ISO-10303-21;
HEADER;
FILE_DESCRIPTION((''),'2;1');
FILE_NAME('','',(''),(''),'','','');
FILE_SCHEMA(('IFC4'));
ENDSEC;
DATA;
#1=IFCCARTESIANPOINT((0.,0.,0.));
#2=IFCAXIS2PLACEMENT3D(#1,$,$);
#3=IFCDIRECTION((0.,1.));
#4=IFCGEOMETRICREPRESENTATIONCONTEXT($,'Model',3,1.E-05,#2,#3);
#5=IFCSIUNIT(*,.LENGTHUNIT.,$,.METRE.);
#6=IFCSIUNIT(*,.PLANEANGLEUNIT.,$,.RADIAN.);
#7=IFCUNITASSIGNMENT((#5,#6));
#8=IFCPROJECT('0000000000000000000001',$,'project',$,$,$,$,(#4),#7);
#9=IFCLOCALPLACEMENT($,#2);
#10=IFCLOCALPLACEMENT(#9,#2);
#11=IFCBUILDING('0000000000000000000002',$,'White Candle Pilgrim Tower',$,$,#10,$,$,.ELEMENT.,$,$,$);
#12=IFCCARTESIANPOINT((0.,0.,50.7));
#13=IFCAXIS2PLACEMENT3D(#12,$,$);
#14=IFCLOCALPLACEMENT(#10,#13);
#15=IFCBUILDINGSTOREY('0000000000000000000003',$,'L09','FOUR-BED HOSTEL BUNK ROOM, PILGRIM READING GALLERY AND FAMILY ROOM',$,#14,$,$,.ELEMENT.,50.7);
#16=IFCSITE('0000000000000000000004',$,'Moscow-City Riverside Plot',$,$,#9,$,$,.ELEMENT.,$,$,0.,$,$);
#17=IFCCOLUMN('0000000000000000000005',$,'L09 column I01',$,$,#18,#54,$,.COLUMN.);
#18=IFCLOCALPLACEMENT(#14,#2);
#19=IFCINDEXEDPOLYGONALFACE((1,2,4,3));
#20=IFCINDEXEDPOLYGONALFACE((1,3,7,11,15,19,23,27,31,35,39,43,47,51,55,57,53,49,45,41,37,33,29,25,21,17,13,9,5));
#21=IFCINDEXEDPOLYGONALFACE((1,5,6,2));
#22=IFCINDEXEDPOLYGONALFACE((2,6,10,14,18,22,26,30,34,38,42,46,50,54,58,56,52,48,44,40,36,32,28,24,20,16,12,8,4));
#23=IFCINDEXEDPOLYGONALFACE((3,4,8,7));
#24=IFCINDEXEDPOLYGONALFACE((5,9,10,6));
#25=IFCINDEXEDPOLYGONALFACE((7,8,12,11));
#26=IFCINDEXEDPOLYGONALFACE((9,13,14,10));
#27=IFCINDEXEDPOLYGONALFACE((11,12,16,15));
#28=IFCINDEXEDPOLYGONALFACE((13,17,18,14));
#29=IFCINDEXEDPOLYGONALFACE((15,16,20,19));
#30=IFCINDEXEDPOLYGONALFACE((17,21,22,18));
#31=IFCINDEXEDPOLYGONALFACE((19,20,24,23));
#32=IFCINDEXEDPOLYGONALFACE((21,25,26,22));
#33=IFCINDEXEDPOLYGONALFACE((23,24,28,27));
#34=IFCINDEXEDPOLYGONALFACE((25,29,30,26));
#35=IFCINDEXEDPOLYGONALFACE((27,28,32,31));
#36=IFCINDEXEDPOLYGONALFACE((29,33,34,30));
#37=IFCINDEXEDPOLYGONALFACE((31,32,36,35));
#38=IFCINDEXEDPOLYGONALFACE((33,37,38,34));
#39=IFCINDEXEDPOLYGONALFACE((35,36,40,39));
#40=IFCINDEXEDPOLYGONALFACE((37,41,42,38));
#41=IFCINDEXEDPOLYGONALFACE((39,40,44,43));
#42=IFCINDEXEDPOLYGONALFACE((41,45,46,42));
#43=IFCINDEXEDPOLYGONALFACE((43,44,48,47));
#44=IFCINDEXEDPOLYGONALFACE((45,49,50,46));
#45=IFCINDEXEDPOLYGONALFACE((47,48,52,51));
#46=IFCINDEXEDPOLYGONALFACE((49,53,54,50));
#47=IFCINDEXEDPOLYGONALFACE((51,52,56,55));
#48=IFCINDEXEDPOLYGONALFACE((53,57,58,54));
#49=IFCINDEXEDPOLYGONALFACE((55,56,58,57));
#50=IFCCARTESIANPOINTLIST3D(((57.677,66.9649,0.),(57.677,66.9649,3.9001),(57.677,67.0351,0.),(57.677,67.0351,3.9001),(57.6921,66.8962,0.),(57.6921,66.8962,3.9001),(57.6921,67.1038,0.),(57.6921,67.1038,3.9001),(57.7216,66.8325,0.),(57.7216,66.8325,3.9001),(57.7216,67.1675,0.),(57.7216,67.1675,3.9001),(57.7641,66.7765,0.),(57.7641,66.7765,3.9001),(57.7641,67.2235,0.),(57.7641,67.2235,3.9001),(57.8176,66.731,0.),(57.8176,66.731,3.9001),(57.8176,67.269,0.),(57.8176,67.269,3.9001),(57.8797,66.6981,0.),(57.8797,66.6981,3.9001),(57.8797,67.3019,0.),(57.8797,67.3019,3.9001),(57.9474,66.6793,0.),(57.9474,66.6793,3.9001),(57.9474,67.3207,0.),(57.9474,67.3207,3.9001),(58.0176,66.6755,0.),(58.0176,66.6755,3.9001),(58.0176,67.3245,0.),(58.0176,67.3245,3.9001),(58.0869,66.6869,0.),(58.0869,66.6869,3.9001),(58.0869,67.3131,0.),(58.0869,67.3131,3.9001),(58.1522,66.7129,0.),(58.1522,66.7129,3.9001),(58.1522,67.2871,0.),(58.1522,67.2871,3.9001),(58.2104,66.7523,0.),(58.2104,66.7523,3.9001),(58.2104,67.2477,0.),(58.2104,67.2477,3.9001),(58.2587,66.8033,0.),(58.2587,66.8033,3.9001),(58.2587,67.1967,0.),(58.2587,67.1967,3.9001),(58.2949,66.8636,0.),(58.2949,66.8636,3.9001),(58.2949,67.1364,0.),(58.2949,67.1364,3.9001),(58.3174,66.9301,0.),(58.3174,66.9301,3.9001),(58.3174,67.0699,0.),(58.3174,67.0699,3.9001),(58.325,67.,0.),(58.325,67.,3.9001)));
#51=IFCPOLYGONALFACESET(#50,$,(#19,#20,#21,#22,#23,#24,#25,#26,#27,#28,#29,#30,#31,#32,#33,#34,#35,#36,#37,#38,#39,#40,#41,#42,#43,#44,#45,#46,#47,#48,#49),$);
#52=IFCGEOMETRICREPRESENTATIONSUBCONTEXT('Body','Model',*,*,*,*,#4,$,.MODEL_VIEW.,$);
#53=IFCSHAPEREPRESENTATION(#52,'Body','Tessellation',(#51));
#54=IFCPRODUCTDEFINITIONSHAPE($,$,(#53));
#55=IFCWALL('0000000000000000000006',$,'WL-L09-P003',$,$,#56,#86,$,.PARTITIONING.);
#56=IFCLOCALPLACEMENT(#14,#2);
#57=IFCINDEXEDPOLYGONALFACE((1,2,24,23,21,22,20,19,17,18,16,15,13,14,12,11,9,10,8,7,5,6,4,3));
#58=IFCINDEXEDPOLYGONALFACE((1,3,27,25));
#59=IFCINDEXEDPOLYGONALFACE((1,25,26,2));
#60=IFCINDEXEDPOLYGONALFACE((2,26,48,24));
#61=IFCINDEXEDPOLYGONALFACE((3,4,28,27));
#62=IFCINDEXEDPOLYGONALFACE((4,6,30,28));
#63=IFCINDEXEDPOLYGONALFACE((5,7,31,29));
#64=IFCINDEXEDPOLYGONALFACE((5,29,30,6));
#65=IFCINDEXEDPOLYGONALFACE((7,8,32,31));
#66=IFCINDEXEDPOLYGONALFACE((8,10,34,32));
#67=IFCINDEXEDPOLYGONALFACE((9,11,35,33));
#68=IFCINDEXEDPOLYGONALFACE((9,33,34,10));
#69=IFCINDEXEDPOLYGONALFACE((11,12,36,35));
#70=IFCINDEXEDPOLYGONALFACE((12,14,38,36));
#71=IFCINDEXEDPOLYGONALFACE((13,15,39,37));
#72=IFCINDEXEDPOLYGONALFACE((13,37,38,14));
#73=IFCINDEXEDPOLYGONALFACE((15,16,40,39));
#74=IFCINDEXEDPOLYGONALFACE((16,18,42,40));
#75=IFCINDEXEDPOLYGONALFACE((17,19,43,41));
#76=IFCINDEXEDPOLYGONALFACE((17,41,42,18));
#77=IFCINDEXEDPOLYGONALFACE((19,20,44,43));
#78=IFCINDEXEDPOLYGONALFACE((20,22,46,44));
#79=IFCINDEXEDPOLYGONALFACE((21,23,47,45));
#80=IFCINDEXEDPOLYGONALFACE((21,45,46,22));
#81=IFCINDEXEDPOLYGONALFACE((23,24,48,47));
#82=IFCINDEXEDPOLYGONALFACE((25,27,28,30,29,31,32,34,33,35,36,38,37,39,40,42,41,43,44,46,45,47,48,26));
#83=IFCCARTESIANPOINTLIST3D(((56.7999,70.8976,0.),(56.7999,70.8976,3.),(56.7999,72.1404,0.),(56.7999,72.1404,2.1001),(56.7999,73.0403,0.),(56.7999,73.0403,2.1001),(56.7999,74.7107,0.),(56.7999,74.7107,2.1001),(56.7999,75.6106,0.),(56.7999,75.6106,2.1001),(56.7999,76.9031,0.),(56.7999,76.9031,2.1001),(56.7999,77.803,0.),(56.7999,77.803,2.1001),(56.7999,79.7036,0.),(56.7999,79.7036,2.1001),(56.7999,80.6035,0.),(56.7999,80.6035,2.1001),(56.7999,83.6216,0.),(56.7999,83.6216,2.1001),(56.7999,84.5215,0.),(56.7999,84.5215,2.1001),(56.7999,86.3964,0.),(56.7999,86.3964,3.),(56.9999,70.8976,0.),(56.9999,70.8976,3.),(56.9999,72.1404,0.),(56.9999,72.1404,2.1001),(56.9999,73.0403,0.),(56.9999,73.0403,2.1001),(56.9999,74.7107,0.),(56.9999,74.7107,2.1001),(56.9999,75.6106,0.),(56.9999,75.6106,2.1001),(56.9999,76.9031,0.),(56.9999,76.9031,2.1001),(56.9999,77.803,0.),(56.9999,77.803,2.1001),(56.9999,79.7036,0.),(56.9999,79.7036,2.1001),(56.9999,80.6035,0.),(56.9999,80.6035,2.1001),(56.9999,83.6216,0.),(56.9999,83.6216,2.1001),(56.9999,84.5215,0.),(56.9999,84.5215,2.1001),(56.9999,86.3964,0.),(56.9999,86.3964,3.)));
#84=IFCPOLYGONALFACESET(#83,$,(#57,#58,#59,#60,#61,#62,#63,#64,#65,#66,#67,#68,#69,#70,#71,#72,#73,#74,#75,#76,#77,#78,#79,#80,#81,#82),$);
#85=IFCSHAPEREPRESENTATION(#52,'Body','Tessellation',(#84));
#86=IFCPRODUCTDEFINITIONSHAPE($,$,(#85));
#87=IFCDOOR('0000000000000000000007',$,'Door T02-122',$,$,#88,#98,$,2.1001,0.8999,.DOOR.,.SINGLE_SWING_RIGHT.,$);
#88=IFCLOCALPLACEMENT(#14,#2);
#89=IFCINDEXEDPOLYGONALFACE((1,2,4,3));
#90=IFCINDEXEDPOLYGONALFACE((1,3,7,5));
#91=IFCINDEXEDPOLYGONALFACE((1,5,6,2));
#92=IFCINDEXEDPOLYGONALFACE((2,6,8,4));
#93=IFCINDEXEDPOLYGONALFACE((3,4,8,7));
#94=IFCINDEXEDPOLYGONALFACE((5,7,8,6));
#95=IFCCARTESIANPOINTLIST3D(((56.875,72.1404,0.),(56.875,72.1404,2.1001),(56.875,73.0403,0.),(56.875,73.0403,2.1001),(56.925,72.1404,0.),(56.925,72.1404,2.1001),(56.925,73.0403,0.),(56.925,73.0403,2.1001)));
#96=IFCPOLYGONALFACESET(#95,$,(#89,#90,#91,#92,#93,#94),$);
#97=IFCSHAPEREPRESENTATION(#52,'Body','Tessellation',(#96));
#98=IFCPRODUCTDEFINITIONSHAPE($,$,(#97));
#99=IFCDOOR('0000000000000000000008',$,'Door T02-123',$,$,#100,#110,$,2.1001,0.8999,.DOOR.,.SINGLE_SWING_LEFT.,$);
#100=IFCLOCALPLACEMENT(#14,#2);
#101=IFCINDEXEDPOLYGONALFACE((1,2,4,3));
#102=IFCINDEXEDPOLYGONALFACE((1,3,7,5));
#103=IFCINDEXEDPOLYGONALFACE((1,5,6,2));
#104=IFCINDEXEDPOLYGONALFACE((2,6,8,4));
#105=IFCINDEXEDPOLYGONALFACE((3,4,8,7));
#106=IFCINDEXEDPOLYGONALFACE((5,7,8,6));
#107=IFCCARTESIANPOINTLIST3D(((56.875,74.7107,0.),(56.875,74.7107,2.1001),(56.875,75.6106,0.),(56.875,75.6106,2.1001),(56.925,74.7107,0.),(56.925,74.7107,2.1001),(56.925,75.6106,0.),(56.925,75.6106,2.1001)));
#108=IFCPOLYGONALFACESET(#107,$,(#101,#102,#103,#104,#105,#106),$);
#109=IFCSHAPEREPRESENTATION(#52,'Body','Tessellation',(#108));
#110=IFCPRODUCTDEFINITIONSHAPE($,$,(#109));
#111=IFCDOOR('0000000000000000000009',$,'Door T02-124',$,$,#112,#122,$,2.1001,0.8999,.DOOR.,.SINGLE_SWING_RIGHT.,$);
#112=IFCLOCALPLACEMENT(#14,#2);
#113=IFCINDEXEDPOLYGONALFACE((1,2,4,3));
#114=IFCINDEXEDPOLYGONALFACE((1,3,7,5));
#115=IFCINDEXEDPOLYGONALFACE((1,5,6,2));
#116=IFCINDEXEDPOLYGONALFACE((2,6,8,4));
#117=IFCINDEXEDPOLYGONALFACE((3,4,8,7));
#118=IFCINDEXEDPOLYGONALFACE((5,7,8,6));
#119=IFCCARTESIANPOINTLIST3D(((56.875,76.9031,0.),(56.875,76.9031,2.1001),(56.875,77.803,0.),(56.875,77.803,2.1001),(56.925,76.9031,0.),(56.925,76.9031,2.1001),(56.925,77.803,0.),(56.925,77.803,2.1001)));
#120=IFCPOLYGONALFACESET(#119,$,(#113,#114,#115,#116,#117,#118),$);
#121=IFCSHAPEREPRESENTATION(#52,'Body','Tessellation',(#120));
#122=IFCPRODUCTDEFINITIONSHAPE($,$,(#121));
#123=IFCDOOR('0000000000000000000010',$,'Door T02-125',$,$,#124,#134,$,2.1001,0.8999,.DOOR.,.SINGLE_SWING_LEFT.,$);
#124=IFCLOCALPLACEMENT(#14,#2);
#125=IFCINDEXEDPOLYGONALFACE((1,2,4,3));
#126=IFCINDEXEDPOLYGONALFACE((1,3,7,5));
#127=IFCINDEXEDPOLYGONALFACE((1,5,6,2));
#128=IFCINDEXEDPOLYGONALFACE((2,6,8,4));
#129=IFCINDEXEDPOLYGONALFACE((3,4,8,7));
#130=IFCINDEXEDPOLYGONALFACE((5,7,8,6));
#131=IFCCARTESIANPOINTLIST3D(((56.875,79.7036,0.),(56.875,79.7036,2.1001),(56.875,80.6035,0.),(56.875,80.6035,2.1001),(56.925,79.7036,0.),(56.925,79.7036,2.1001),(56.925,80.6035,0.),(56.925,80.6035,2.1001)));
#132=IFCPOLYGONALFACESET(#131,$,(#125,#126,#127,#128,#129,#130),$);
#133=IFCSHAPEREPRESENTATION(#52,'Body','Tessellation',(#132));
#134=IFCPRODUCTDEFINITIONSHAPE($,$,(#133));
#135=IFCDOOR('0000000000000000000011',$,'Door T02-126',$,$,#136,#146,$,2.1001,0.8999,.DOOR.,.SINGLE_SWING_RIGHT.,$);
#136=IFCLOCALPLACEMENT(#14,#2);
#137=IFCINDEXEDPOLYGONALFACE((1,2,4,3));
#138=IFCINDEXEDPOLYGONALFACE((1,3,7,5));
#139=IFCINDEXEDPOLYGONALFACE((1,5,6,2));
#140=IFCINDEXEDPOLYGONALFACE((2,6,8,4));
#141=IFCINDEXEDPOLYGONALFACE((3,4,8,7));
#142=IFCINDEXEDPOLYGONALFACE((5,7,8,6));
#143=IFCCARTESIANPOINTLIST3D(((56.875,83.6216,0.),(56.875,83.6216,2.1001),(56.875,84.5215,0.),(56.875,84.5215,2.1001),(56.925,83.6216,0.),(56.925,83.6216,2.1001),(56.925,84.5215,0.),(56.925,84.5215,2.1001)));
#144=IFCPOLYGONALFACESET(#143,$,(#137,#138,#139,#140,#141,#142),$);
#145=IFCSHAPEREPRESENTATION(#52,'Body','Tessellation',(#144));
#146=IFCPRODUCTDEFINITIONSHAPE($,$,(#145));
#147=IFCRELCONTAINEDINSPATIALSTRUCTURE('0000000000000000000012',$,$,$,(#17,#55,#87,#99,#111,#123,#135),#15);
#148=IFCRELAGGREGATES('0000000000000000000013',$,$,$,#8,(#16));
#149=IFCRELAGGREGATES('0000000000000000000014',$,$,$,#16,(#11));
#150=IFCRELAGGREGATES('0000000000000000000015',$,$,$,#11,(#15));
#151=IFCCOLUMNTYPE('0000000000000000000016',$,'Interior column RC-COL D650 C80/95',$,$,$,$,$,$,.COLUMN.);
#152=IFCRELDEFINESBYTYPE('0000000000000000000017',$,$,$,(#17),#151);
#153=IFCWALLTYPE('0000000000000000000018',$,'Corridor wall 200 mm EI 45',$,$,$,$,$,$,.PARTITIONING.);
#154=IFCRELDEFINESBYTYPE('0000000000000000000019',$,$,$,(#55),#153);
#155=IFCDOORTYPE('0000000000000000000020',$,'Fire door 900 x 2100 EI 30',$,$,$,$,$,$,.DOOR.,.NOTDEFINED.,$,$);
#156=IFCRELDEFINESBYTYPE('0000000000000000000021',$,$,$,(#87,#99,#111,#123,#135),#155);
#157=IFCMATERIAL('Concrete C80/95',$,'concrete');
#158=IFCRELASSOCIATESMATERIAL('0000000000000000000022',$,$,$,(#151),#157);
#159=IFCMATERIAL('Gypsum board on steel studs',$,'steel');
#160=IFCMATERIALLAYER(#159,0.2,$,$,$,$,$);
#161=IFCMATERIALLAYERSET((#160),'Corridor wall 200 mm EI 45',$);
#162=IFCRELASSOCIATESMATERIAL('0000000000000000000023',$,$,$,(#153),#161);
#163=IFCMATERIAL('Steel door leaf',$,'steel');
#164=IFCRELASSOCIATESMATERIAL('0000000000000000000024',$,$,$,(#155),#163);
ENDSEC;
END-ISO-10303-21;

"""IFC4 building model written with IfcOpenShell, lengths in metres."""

from ifc_helpers import new_model, si_unit, direction, frame, frame_2d, origin, origin_2d, place, context, subcontext, project, spatial, rectangle, circle, extrude, material, layer, layer_set, material_profile, profile_set, type_object, element, fill, save


model = new_model("IFC4")

# Units and contexts
model_context = context("Model", 3, precision=1e-05, world=origin(), true_north=direction((0.0, 1.0)))
body_context = subcontext(model_context, "Body", "Model", "MODEL_VIEW")
ifc_project = project(units=[si_unit("LENGTHUNIT", "METRE"), si_unit("PLANEANGLEUNIT", "RADIAN")], contexts=[model_context])

# Site, building, storey
site_placement = place(None, origin())
site = spatial("IfcSite", under=ifc_project, at=site_placement, Name="Moscow-City Riverside Plot", CompositionType="ELEMENT", RefElevation=0.0)
building_placement = place(site_placement, origin())
building = spatial("IfcBuilding", under=site, at=building_placement, Name="White Candle Pilgrim Tower", CompositionType="ELEMENT")
storey_placement = place(building_placement, frame((0.0, 0.0, 50.7)))
storey = spatial("IfcBuildingStorey", under=building, at=storey_placement, Name="L09", Description="FOUR-BED HOSTEL BUNK ROOM, PILGRIM READING GALLERY AND FAMILY ROOM", CompositionType="ELEMENT", Elevation=50.7)

# Column
ifc_material_1 = material(Name="Concrete C80/95", Category="concrete")
ifc_material_profile = material_profile(ifc_material_1, circle(Radius=0.325, at=origin_2d()), Name="RC-COL D650")
ifc_profile_set = profile_set([ifc_material_profile], Name="Concrete C80/95")
column_type = type_object("IfcColumnType", Name="Interior column RC-COL D650 C80/95", PredefinedType="COLUMN", material=ifc_profile_set)
column_placement = place(storey_placement, frame((58.0, 67.0, 0.0), z_axis=(0.0, 0.0, 1.0), x_axis=(1.0, 0.0, 0.0)))
element("IfcColumn", 1, at=column_placement, inside=storey, type_object=column_type, Name="L09 column I01", PredefinedType="COLUMN", context=body_context, shape_type="SweptSolid", body=[
    extrude(circle(Radius=0.325, at=origin_2d()), origin(), (0.0, 0.0, 1.0), 3.9001),
])

# Wall, openings, doors
ifc_material_2 = material(Name="Gypsum board on steel studs", Category="steel")
ifc_layer_1 = layer(ifc_material_2, 0.2)
ifc_layer_set_1 = layer_set([ifc_layer_1], Name="Corridor wall 200 mm EI 45")
wall_type_1 = type_object("IfcWallType", Name="Corridor wall 200 mm EI 45", PredefinedType="PARTITIONING", material=ifc_layer_set_1)
wall_1_placement = place(storey_placement, frame((56.8999, 70.8975, 0.0), z_axis=(0.0, 0.0, 1.0), x_axis=(0.0, 1.0, 0.0)))
wall_1 = element("IfcWall", 2, at=wall_1_placement, inside=storey, type_object=wall_type_1, Name="WL-L09-P003", PredefinedType="PARTITIONING", context=body_context, shape_type="SweptSolid", body=[
    extrude(rectangle(XDim=15.4988, YDim=0.2, at=frame_2d((7.7495, 0.0))), origin(), (0.0, 0.0, 1.0), 3.0),
])
opening_1_placement = place(wall_1_placement, frame((1.2429, 0.0, 0.0)))
opening_1 = element("IfcOpeningElement", 3, at=opening_1_placement, cuts=wall_1, PredefinedType="OPENING", context=body_context, shape_type="SweptSolid", body=[
    extrude(rectangle(XDim=0.8999, YDim=2.1001, at=frame_2d((0.45, 1.05))), frame((0.0, 0.1099, 0.0), z_axis=(0.0, -1.0, 0.0), x_axis=(1.0, 0.0, 0.0)), (0.0, 0.0, 1.0), 0.22),
])
opening_2_placement = place(wall_1_placement, frame((3.8132, 0.0, 0.0)))
opening_2 = element("IfcOpeningElement", 4, at=opening_2_placement, cuts=wall_1, PredefinedType="OPENING", context=body_context, shape_type="SweptSolid", body=[
    extrude(rectangle(XDim=0.8999, YDim=2.1001, at=frame_2d((0.45, 1.05))), frame((0.0, 0.1099, 0.0), z_axis=(0.0, -1.0, 0.0), x_axis=(1.0, 0.0, 0.0)), (0.0, 0.0, 1.0), 0.22),
])
opening_3_placement = place(wall_1_placement, frame((6.0056, 0.0, 0.0)))
opening_3 = element("IfcOpeningElement", 5, at=opening_3_placement, cuts=wall_1, PredefinedType="OPENING", context=body_context, shape_type="SweptSolid", body=[
    extrude(rectangle(XDim=0.8999, YDim=2.1001, at=frame_2d((0.45, 1.05))), frame((0.0, 0.1099, 0.0), z_axis=(0.0, -1.0, 0.0), x_axis=(1.0, 0.0, 0.0)), (0.0, 0.0, 1.0), 0.22),
])
opening_4_placement = place(wall_1_placement, frame((8.8062, 0.0, 0.0)))
opening_4 = element("IfcOpeningElement", 6, at=opening_4_placement, cuts=wall_1, PredefinedType="OPENING", context=body_context, shape_type="SweptSolid", body=[
    extrude(rectangle(XDim=0.8999, YDim=2.1001, at=frame_2d((0.45, 1.05))), frame((0.0, 0.1099, 0.0), z_axis=(0.0, -1.0, 0.0), x_axis=(1.0, 0.0, 0.0)), (0.0, 0.0, 1.0), 0.22),
])
opening_5_placement = place(wall_1_placement, frame((12.7241, 0.0, 0.0)))
opening_5 = element("IfcOpeningElement", 7, at=opening_5_placement, cuts=wall_1, PredefinedType="OPENING", context=body_context, shape_type="SweptSolid", body=[
    extrude(rectangle(XDim=0.8999, YDim=2.1001, at=frame_2d((0.45, 1.05))), frame((0.0, 0.1099, 0.0), z_axis=(0.0, -1.0, 0.0), x_axis=(1.0, 0.0, 0.0)), (0.0, 0.0, 1.0), 0.22),
])
ifc_material_3 = material(Name="Steel door leaf", Category="steel")
door_type_1 = type_object("IfcDoorType", Name="Fire door 900 x 2100 EI 30", OperationType="NOTDEFINED", PredefinedType="DOOR", material=ifc_material_3)
door_1_placement = place(opening_1_placement, origin())
door_1 = element("IfcDoor", 8, at=door_1_placement, inside=storey, type_object=door_type_1, Name="Door T02-122", OperationType="SINGLE_SWING_RIGHT", OverallHeight=2.1001, OverallWidth=0.8999, PredefinedType="DOOR", context=body_context, shape_type="SweptSolid", body=[
    extrude(rectangle(XDim=0.8999, YDim=2.1001, at=frame_2d((0.45, 1.05))), frame((0.0, 0.0249, 0.0), z_axis=(0.0, -1.0, 0.0), x_axis=(1.0, 0.0, 0.0)), (0.0, 0.0, 1.0), 0.05),
])
fill(opening_1, door_1)
door_2_placement = place(opening_2_placement, origin())
door_2 = element("IfcDoor", 9, at=door_2_placement, inside=storey, type_object=door_type_1, Name="Door T02-123", OperationType="SINGLE_SWING_LEFT", OverallHeight=2.1001, OverallWidth=0.8999, PredefinedType="DOOR", context=body_context, shape_type="SweptSolid", body=[
    extrude(rectangle(XDim=0.8999, YDim=2.1001, at=frame_2d((0.45, 1.05))), frame((0.0, 0.0249, 0.0), z_axis=(0.0, -1.0, 0.0), x_axis=(1.0, 0.0, 0.0)), (0.0, 0.0, 1.0), 0.05),
])
fill(opening_2, door_2)
door_3_placement = place(opening_3_placement, origin())
door_3 = element("IfcDoor", 10, at=door_3_placement, inside=storey, type_object=door_type_1, Name="Door T02-124", OperationType="SINGLE_SWING_RIGHT", OverallHeight=2.1001, OverallWidth=0.8999, PredefinedType="DOOR", context=body_context, shape_type="SweptSolid", body=[
    extrude(rectangle(XDim=0.8999, YDim=2.1001, at=frame_2d((0.45, 1.05))), frame((0.0, 0.0249, 0.0), z_axis=(0.0, -1.0, 0.0), x_axis=(1.0, 0.0, 0.0)), (0.0, 0.0, 1.0), 0.05),
])
fill(opening_3, door_3)
door_4_placement = place(opening_4_placement, origin())
door_4 = element("IfcDoor", 11, at=door_4_placement, inside=storey, type_object=door_type_1, Name="Door T02-125", OperationType="SINGLE_SWING_LEFT", OverallHeight=2.1001, OverallWidth=0.8999, PredefinedType="DOOR", context=body_context, shape_type="SweptSolid", body=[
    extrude(rectangle(XDim=0.8999, YDim=2.1001, at=frame_2d((0.45, 1.05))), frame((0.0, 0.0249, 0.0), z_axis=(0.0, -1.0, 0.0), x_axis=(1.0, 0.0, 0.0)), (0.0, 0.0, 1.0), 0.05),
])
fill(opening_4, door_4)
door_5_placement = place(opening_5_placement, origin())
door_5 = element("IfcDoor", 12, at=door_5_placement, inside=storey, type_object=door_type_1, Name="Door T02-126", OperationType="SINGLE_SWING_RIGHT", OverallHeight=2.1001, OverallWidth=0.8999, PredefinedType="DOOR", context=body_context, shape_type="SweptSolid", body=[
    extrude(rectangle(XDim=0.8999, YDim=2.1001, at=frame_2d((0.45, 1.05))), frame((0.0, 0.0249, 0.0), z_axis=(0.0, -1.0, 0.0), x_axis=(1.0, 0.0, 0.0)), (0.0, 0.0, 1.0), 0.05),
])
fill(opening_5, door_5)

save(model, "model.ifc")
